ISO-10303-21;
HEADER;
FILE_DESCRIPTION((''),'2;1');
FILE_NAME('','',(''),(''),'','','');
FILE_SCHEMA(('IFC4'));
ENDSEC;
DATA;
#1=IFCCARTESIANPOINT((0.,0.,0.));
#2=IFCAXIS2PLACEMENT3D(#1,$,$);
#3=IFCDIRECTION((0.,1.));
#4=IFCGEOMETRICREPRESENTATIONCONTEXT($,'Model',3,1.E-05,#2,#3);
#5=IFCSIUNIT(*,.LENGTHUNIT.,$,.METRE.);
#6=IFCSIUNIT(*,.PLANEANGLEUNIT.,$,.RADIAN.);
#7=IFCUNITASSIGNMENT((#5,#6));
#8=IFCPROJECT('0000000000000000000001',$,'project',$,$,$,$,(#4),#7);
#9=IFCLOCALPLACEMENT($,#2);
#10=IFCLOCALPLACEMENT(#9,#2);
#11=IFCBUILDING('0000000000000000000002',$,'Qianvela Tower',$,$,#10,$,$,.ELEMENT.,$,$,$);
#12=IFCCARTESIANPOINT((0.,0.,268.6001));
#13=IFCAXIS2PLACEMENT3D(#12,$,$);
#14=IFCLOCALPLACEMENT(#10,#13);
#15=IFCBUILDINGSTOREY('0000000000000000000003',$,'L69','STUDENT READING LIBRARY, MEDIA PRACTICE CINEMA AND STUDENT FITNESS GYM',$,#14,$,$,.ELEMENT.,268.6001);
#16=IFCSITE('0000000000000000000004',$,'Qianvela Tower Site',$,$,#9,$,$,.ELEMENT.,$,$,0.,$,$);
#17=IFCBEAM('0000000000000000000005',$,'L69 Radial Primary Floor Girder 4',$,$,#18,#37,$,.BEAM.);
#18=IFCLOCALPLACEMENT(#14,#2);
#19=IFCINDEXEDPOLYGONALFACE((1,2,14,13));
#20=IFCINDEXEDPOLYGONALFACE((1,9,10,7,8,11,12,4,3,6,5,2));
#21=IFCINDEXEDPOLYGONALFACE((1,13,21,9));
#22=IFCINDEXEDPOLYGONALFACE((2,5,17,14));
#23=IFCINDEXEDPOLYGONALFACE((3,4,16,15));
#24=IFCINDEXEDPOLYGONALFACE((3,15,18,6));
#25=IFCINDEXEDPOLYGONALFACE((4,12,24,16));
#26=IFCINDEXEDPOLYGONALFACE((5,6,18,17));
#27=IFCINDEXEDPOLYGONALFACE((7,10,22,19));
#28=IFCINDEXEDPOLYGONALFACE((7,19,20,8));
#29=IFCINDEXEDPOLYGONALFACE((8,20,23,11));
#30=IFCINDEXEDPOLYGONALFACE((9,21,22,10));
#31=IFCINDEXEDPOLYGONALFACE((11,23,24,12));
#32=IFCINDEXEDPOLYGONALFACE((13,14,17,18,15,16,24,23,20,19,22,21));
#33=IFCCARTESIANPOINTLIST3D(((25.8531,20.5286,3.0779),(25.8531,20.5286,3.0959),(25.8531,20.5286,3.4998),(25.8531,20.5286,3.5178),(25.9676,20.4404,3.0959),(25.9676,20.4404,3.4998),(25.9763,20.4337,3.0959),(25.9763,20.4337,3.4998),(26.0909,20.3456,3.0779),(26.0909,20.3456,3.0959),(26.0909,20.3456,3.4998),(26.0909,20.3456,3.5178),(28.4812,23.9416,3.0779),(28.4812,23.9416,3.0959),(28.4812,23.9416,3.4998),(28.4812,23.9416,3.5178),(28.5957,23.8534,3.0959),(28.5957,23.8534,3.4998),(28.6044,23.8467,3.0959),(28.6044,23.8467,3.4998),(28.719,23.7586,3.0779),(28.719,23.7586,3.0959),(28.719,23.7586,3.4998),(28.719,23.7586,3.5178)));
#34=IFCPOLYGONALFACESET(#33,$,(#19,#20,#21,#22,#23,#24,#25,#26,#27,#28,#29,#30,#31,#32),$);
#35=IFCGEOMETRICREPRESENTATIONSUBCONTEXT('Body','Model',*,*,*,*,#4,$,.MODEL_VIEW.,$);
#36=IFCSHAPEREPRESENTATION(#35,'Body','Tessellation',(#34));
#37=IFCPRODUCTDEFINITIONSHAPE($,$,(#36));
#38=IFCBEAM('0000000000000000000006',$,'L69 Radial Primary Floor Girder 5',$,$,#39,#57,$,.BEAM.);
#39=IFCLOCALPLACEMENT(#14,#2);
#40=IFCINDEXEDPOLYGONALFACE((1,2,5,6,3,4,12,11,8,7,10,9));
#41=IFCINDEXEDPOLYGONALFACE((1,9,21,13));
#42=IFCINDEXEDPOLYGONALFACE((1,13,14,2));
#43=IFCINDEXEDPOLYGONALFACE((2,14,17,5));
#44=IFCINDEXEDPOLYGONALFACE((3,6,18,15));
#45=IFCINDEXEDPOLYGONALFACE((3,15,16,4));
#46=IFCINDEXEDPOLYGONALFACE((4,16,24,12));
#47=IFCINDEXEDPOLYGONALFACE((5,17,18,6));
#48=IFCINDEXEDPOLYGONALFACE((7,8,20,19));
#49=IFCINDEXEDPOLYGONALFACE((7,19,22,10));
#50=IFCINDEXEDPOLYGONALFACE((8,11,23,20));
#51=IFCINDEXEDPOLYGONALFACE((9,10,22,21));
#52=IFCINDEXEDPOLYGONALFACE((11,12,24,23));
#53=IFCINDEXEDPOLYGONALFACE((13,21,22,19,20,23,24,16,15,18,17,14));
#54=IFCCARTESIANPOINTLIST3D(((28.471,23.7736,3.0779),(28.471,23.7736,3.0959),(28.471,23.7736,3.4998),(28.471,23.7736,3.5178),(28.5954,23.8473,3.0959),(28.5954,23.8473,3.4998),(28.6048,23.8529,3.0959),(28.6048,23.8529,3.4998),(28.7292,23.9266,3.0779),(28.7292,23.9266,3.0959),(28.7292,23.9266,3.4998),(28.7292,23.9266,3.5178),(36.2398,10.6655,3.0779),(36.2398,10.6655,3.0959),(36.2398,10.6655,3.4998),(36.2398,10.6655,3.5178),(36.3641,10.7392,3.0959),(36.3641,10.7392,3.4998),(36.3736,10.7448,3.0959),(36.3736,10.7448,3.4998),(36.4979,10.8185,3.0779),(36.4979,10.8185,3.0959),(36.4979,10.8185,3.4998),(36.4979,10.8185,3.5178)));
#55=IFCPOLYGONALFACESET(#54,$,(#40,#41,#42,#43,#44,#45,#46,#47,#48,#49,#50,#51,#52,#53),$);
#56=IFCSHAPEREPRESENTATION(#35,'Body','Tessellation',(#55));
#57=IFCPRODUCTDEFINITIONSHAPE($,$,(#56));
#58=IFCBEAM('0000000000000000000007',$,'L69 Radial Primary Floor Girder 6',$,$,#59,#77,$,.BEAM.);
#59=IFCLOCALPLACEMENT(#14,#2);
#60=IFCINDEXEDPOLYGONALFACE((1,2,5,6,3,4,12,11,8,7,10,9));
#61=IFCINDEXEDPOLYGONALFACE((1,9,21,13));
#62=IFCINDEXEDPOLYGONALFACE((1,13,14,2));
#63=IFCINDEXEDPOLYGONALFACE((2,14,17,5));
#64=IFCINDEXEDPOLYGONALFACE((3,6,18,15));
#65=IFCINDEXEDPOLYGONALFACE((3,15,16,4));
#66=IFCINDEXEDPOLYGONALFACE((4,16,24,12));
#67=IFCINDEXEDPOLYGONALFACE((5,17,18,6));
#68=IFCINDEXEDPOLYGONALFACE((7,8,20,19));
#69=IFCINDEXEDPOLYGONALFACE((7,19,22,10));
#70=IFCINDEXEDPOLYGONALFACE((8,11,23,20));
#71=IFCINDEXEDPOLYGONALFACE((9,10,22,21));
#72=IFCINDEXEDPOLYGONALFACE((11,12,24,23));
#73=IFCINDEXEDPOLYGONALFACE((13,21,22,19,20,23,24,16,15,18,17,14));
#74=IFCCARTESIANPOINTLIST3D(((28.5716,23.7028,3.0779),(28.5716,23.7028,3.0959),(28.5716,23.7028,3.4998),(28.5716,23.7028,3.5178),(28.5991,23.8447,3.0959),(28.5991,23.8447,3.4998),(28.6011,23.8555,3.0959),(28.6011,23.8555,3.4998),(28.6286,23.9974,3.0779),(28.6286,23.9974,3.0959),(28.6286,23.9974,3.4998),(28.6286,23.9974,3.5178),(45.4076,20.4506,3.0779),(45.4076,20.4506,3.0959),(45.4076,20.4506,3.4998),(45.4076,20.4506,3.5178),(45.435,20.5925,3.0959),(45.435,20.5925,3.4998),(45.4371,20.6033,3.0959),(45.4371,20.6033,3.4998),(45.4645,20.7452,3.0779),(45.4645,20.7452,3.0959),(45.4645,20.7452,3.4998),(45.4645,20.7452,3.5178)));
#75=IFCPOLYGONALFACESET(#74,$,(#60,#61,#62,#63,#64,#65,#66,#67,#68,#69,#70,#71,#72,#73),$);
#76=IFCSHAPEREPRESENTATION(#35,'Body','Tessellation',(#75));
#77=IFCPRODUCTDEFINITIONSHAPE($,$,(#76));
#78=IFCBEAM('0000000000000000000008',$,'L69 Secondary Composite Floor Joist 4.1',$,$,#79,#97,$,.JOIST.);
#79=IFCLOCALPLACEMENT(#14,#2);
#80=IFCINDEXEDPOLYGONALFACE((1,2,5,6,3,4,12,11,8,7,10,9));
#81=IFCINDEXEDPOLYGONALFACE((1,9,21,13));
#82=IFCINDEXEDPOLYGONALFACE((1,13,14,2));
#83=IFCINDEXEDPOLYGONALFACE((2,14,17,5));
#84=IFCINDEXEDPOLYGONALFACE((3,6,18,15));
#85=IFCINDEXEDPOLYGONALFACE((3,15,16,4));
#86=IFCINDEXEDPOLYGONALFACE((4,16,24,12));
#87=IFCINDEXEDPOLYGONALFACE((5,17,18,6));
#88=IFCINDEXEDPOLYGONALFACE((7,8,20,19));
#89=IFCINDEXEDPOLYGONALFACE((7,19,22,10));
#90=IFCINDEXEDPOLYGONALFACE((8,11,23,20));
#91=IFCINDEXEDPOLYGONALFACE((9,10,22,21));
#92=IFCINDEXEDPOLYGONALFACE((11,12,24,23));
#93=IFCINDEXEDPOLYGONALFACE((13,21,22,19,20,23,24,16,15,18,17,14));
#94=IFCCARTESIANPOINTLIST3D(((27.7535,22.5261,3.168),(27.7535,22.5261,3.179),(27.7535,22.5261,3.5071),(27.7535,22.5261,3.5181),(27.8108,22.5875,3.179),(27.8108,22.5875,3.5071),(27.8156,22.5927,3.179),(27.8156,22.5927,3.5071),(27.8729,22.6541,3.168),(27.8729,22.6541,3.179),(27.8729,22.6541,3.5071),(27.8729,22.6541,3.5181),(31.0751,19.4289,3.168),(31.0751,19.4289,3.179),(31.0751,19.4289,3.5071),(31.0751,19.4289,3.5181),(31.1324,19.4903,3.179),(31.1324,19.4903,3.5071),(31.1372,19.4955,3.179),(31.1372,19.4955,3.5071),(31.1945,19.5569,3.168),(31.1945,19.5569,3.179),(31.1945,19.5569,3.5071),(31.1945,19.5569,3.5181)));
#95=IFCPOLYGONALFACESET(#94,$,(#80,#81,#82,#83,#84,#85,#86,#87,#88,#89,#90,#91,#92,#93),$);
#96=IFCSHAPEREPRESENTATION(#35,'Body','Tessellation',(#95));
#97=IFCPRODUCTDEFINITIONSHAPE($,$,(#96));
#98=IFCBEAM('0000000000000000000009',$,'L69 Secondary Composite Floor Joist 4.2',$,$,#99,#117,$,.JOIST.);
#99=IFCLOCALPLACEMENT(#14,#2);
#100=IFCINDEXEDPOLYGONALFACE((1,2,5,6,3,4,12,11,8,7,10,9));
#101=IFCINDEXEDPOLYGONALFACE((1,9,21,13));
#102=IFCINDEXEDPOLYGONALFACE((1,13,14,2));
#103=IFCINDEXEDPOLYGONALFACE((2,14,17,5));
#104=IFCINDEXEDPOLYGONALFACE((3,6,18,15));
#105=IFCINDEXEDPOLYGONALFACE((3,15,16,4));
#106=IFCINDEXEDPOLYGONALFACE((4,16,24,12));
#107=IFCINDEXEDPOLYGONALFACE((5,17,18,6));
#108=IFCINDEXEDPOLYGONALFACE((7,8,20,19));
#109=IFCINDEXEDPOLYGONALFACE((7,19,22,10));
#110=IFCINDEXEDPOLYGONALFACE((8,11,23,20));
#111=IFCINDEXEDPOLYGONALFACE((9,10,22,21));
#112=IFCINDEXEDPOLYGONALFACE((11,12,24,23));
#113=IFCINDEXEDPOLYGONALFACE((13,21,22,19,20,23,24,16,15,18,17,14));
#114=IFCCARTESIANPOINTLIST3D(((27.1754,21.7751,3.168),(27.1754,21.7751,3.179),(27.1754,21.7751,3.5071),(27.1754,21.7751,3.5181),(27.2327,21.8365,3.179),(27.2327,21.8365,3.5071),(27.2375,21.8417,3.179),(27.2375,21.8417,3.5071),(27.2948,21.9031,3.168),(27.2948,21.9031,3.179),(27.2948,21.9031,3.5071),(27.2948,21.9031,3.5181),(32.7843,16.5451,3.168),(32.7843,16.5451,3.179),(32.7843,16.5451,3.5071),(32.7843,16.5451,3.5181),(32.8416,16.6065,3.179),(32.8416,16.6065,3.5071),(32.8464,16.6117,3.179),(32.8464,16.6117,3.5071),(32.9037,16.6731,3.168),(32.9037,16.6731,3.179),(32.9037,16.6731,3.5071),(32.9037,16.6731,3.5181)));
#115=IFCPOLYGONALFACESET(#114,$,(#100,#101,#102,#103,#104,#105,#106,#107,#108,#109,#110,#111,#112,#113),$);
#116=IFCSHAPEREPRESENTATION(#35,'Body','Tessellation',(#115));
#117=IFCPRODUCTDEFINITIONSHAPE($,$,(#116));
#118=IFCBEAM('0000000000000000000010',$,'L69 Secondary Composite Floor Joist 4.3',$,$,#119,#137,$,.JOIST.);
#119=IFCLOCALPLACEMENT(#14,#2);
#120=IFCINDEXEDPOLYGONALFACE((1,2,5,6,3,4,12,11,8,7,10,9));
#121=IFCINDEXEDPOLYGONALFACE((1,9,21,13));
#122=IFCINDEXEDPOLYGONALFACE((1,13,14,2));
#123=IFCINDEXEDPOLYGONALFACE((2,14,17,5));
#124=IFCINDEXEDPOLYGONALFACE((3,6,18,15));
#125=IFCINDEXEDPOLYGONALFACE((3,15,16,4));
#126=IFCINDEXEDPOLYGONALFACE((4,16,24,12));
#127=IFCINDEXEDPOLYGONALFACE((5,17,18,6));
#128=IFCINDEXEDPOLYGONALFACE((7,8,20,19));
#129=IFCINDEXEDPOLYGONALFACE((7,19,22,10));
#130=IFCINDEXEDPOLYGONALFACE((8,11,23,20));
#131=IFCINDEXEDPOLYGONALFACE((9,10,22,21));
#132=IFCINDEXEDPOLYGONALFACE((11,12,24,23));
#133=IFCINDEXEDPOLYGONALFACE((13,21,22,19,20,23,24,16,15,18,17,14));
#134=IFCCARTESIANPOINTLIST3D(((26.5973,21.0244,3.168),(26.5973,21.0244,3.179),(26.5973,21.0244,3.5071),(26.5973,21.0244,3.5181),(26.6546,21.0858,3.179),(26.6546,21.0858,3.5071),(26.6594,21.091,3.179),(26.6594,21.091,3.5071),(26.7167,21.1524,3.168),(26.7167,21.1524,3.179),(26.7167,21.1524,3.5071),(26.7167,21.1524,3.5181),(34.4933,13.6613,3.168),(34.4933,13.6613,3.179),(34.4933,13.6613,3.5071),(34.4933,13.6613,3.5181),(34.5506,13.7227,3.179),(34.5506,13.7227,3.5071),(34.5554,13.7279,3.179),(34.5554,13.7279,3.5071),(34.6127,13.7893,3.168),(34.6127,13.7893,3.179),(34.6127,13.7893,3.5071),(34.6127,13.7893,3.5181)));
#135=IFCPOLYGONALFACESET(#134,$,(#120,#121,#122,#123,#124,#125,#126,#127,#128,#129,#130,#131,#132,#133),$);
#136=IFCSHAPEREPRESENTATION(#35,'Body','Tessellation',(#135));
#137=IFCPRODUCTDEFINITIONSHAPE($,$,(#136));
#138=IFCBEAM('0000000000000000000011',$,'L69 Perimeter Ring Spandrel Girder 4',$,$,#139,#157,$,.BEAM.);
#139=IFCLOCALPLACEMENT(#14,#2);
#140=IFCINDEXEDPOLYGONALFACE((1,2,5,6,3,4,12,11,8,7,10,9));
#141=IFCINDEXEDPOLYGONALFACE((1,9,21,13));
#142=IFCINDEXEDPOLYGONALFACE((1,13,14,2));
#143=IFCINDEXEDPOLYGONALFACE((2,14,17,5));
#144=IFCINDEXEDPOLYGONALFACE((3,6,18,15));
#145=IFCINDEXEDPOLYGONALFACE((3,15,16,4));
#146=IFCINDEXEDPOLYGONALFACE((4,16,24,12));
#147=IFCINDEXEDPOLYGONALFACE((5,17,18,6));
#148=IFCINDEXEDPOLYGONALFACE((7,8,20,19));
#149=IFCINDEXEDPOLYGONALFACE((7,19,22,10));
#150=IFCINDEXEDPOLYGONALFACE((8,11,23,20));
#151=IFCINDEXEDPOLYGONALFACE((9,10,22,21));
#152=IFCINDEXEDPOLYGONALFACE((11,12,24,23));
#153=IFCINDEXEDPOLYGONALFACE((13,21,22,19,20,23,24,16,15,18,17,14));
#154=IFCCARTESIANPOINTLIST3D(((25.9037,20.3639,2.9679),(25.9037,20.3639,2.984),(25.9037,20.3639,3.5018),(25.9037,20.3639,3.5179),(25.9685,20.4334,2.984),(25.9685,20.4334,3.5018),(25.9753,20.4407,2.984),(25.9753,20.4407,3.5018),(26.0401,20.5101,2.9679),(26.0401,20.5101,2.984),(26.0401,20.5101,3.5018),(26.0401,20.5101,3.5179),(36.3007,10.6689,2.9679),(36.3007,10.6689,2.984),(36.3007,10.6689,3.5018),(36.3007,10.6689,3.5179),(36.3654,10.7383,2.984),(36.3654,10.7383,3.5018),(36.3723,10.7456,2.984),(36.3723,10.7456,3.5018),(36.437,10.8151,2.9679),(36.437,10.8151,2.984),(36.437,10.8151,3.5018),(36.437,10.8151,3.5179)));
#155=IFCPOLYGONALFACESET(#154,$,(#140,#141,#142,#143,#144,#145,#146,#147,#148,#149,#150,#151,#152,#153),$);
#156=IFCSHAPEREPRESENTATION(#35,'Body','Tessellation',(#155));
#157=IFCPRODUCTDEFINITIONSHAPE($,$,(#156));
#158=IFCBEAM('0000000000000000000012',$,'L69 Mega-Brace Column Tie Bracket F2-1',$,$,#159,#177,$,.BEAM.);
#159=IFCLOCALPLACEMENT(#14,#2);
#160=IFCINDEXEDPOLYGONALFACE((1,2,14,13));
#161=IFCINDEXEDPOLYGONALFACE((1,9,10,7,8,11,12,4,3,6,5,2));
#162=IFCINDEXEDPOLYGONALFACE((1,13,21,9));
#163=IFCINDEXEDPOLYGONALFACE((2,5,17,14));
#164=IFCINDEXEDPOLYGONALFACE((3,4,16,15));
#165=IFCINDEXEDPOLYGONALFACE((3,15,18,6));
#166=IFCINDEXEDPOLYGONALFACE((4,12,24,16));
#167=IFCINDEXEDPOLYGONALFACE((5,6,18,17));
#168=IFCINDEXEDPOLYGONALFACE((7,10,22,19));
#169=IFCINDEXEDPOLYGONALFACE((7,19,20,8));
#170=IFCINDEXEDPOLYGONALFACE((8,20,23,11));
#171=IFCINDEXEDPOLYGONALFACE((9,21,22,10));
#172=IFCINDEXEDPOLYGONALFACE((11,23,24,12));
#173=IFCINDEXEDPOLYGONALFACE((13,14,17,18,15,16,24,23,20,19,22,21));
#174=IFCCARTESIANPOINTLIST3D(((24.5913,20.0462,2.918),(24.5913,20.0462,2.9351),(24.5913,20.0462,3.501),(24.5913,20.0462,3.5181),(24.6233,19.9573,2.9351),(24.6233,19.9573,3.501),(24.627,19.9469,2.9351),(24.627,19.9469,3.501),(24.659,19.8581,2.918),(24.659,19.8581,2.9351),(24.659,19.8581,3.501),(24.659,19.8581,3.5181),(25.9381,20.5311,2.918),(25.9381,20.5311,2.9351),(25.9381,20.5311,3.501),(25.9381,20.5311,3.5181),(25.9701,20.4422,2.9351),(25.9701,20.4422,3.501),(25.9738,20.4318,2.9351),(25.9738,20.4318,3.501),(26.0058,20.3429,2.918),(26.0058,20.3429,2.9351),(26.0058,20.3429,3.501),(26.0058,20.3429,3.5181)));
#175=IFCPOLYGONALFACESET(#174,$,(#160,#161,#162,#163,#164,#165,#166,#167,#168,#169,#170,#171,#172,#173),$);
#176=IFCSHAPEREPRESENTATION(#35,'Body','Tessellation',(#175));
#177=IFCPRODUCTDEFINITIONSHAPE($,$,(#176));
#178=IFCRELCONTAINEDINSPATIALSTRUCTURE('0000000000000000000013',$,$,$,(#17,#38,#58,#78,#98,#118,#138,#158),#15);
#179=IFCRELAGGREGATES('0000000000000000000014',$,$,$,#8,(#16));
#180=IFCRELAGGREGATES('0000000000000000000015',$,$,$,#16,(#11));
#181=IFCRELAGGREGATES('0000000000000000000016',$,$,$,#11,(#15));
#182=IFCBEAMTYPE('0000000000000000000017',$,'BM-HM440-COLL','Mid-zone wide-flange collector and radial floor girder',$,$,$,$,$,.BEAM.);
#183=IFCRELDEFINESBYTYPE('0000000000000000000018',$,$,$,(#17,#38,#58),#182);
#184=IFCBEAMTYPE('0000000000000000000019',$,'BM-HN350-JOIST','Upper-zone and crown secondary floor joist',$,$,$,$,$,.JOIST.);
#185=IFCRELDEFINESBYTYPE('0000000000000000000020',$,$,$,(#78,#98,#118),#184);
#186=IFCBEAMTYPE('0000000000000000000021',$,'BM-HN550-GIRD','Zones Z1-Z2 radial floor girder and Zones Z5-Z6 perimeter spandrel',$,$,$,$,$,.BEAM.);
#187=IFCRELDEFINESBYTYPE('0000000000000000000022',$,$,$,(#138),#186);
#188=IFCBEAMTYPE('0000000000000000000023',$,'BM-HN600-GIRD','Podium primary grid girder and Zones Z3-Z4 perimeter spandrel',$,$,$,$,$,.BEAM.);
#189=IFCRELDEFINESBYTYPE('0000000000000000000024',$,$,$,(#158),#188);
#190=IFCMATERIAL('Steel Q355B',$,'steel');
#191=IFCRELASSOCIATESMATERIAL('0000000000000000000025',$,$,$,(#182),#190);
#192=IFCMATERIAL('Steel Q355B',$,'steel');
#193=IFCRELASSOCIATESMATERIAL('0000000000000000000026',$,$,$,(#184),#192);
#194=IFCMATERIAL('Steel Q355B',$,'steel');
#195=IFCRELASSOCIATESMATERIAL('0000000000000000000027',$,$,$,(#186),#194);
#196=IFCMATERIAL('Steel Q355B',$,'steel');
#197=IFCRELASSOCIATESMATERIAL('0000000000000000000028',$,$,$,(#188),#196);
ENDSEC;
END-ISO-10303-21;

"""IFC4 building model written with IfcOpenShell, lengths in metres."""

from ifc_helpers import new_model, si_unit, direction, frame, origin, origin_2d, place, context, subcontext, project, spatial, i_section, extrude, material, material_profile, profile_set, type_object, element, save


model = new_model("IFC4")

# Units and contexts
model_context = context("Model", 3, precision=1e-05, world=origin(), true_north=direction((0.0, 1.0)))
body_context = subcontext(model_context, "Body", "Model", "MODEL_VIEW")
ifc_project = project(units=[si_unit("LENGTHUNIT", "METRE"), si_unit("PLANEANGLEUNIT", "RADIAN")], contexts=[model_context])

# Site, building, storey
site_placement = place(None, origin())
site = spatial("IfcSite", under=ifc_project, at=site_placement, Name="Qianvela Tower Site", CompositionType="ELEMENT", RefElevation=0.0)
building_placement = place(site_placement, origin())
building = spatial("IfcBuilding", under=site, at=building_placement, Name="Qianvela Tower", CompositionType="ELEMENT")
storey_placement = place(building_placement, frame((0.0, 0.0, 268.6001)))
storey = spatial("IfcBuildingStorey", under=building, at=storey_placement, Name="L69", Description="STUDENT READING LIBRARY, MEDIA PRACTICE CINEMA AND STUDENT FITNESS GYM", CompositionType="ELEMENT", Elevation=268.6001)

# Beams
ifc_material_1 = material(Name="Steel Q355B", Category="steel")
ifc_material_profile_1 = material_profile(ifc_material_1, i_section(OverallWidth=0.3, OverallDepth=0.4399, WebThickness=0.011, FlangeThickness=0.0181, at=origin_2d()), Name="HM440x300x11x18")
ifc_profile_set_1 = profile_set([ifc_material_profile_1], Name="Steel Q355B")
beam_type_1 = type_object("IfcBeamType", Name="BM-HM440-COLL", Description="Mid-zone wide-flange collector and radial floor girder", PredefinedType="BEAM", material=ifc_profile_set_1)
beam_1_placement = place(storey_placement, frame((28.6001, 23.8501, 3.2979), z_axis=(-0.610108, -0.792318, 0.0), x_axis=(0.792318, -0.610108, 0.0)))
element("IfcBeam", 1, at=beam_1_placement, inside=storey, type_object=beam_type_1, Name="L69 Radial Primary Floor Girder 4", PredefinedType="BEAM", context=body_context, shape_type="SweptSolid", body=[
    extrude(i_section(OverallWidth=0.3, OverallDepth=0.4399, WebThickness=0.011, FlangeThickness=0.0181, at=origin_2d()), origin(), (0.0, 0.0, 1.0), 4.3076),
])
beam_2_placement = place(storey_placement, frame((28.6001, 23.8501, 3.2979), z_axis=(0.509851, -0.860263, 0.0), x_axis=(0.860263, 0.509851, 0.0)))
element("IfcBeam", 2, at=beam_2_placement, inside=storey, type_object=beam_type_1, Name="L69 Radial Primary Floor Girder 5", PredefinedType="BEAM", context=body_context, shape_type="SweptSolid", body=[
    extrude(i_section(OverallWidth=0.3, OverallDepth=0.4399, WebThickness=0.011, FlangeThickness=0.0181, at=origin_2d()), origin(), (0.0, 0.0, 1.0), 15.2373),
])
beam_3_placement = place(storey_placement, frame((28.6001, 23.8501, 3.2979), z_axis=(0.981849, -0.189664, 0.0), x_axis=(0.189664, 0.981849, 0.0)))
element("IfcBeam", 3, at=beam_3_placement, inside=storey, type_object=beam_type_1, Name="L69 Radial Primary Floor Girder 6", PredefinedType="BEAM", context=body_context, shape_type="SweptSolid", body=[
    extrude(i_section(OverallWidth=0.3, OverallDepth=0.4399, WebThickness=0.011, FlangeThickness=0.0181, at=origin_2d()), origin(), (0.0, 0.0, 1.0), 17.1472),
])
ifc_material_2 = material(Name="Steel Q355B", Category="steel")
ifc_material_profile_2 = material_profile(ifc_material_2, i_section(OverallWidth=0.175, OverallDepth=0.3501, WebThickness=0.0071, FlangeThickness=0.011, at=origin_2d()), Name="HN350x175x7x11")
ifc_profile_set_2 = profile_set([ifc_material_profile_2], Name="Steel Q355B")
beam_type_2 = type_object("IfcBeamType", Name="BM-HN350-JOIST", Description="Upper-zone and crown secondary floor joist", PredefinedType="JOIST", material=ifc_profile_set_2)
beam_4_placement = place(storey_placement, frame((27.8132, 22.5901, 3.343), z_axis=(0.731377, -0.681973, 0.0), x_axis=(0.681973, 0.731377, 0.0)))
element("IfcBeam", 4, at=beam_4_placement, inside=storey, type_object=beam_type_2, Name="L69 Secondary Composite Floor Joist 4.1", PredefinedType="JOIST", context=body_context, shape_type="SweptSolid", body=[
    extrude(i_section(OverallWidth=0.175, OverallDepth=0.3501, WebThickness=0.0071, FlangeThickness=0.011, at=origin_2d()), origin(), (0.0, 0.0, 1.0), 4.5415),
])
beam_5_placement = place(storey_placement, frame((27.2351, 21.8391, 3.343), z_axis=(0.731379, -0.681971, 0.0), x_axis=(0.681971, 0.731379, 0.0)))
element("IfcBeam", 5, at=beam_5_placement, inside=storey, type_object=beam_type_2, Name="L69 Secondary Composite Floor Joist 4.2", PredefinedType="JOIST", context=body_context, shape_type="SweptSolid", body=[
    extrude(i_section(OverallWidth=0.175, OverallDepth=0.3501, WebThickness=0.0071, FlangeThickness=0.011, at=origin_2d()), origin(), (0.0, 0.0, 1.0), 7.6689),
])
beam_6_placement = place(storey_placement, frame((26.657, 21.0884, 3.343), z_axis=(0.731358, -0.681993, 0.0), x_axis=(0.681993, 0.731358, 0.0)))
element("IfcBeam", 6, at=beam_6_placement, inside=storey, type_object=beam_type_2, Name="L69 Secondary Composite Floor Joist 4.3", PredefinedType="JOIST", context=body_context, shape_type="SweptSolid", body=[
    extrude(i_section(OverallWidth=0.175, OverallDepth=0.3501, WebThickness=0.0071, FlangeThickness=0.011, at=origin_2d()), origin(), (0.0, 0.0, 1.0), 10.7964),
])
ifc_material_3 = material(Name="Steel Q355B", Category="steel")
ifc_material_profile_3 = material_profile(ifc_material_3, i_section(OverallWidth=0.2, OverallDepth=0.55, WebThickness=0.01, FlangeThickness=0.0161, at=origin_2d()), Name="HN550x200x10x16")
ifc_profile_set_3 = profile_set([ifc_material_profile_3], Name="Steel Q355B")
beam_type_3 = type_object("IfcBeamType", Name="BM-HN550-GIRD", Description="Zones Z1-Z2 radial floor girder and Zones Z5-Z6 perimeter spandrel", PredefinedType="BEAM", material=ifc_profile_set_3)
beam_7_placement = place(storey_placement, frame((25.9719, 20.437, 3.2429), z_axis=(0.731363, -0.681988, 0.0), x_axis=(0.681988, 0.731363, 0.0)))
element("IfcBeam", 7, at=beam_7_placement, inside=storey, type_object=beam_type_3, Name="L69 Perimeter Ring Spandrel Girder 4", PredefinedType="BEAM", context=body_context, shape_type="SweptSolid", body=[
    extrude(i_section(OverallWidth=0.2, OverallDepth=0.55, WebThickness=0.01, FlangeThickness=0.0161, at=origin_2d()), origin(), (0.0, 0.0, 1.0), 14.2158),
])
ifc_material_4 = material(Name="Steel Q355B", Category="steel")
ifc_material_profile_4 = material_profile(ifc_material_4, i_section(OverallWidth=0.2, OverallDepth=0.6001, WebThickness=0.011, FlangeThickness=0.0171, at=origin_2d()), Name="HN600x200x11x17")
ifc_profile_set_4 = profile_set([ifc_material_profile_4], Name="Steel Q355B")
beam_type_4 = type_object("IfcBeamType", Name="BM-HN600-GIRD", Description="Podium primary grid girder and Zones Z3-Z4 perimeter spandrel", PredefinedType="BEAM", material=ifc_profile_set_4)
beam_8_placement = place(storey_placement, frame((25.9719, 20.437, 3.218), z_axis=(-0.940874, -0.338756, 0.0), x_axis=(0.338756, -0.940874, 0.0)))
element("IfcBeam", 8, at=beam_8_placement, inside=storey, type_object=beam_type_4, Name="L69 Mega-Brace Column Tie Bracket F2-1", PredefinedType="BEAM", context=body_context, shape_type="SweptSolid", body=[
    extrude(i_section(OverallWidth=0.2, OverallDepth=0.6001, WebThickness=0.011, FlangeThickness=0.0171, at=origin_2d()), origin(), (0.0, 0.0, 1.0), 1.4314),
])

save(model, "model.ifc")
